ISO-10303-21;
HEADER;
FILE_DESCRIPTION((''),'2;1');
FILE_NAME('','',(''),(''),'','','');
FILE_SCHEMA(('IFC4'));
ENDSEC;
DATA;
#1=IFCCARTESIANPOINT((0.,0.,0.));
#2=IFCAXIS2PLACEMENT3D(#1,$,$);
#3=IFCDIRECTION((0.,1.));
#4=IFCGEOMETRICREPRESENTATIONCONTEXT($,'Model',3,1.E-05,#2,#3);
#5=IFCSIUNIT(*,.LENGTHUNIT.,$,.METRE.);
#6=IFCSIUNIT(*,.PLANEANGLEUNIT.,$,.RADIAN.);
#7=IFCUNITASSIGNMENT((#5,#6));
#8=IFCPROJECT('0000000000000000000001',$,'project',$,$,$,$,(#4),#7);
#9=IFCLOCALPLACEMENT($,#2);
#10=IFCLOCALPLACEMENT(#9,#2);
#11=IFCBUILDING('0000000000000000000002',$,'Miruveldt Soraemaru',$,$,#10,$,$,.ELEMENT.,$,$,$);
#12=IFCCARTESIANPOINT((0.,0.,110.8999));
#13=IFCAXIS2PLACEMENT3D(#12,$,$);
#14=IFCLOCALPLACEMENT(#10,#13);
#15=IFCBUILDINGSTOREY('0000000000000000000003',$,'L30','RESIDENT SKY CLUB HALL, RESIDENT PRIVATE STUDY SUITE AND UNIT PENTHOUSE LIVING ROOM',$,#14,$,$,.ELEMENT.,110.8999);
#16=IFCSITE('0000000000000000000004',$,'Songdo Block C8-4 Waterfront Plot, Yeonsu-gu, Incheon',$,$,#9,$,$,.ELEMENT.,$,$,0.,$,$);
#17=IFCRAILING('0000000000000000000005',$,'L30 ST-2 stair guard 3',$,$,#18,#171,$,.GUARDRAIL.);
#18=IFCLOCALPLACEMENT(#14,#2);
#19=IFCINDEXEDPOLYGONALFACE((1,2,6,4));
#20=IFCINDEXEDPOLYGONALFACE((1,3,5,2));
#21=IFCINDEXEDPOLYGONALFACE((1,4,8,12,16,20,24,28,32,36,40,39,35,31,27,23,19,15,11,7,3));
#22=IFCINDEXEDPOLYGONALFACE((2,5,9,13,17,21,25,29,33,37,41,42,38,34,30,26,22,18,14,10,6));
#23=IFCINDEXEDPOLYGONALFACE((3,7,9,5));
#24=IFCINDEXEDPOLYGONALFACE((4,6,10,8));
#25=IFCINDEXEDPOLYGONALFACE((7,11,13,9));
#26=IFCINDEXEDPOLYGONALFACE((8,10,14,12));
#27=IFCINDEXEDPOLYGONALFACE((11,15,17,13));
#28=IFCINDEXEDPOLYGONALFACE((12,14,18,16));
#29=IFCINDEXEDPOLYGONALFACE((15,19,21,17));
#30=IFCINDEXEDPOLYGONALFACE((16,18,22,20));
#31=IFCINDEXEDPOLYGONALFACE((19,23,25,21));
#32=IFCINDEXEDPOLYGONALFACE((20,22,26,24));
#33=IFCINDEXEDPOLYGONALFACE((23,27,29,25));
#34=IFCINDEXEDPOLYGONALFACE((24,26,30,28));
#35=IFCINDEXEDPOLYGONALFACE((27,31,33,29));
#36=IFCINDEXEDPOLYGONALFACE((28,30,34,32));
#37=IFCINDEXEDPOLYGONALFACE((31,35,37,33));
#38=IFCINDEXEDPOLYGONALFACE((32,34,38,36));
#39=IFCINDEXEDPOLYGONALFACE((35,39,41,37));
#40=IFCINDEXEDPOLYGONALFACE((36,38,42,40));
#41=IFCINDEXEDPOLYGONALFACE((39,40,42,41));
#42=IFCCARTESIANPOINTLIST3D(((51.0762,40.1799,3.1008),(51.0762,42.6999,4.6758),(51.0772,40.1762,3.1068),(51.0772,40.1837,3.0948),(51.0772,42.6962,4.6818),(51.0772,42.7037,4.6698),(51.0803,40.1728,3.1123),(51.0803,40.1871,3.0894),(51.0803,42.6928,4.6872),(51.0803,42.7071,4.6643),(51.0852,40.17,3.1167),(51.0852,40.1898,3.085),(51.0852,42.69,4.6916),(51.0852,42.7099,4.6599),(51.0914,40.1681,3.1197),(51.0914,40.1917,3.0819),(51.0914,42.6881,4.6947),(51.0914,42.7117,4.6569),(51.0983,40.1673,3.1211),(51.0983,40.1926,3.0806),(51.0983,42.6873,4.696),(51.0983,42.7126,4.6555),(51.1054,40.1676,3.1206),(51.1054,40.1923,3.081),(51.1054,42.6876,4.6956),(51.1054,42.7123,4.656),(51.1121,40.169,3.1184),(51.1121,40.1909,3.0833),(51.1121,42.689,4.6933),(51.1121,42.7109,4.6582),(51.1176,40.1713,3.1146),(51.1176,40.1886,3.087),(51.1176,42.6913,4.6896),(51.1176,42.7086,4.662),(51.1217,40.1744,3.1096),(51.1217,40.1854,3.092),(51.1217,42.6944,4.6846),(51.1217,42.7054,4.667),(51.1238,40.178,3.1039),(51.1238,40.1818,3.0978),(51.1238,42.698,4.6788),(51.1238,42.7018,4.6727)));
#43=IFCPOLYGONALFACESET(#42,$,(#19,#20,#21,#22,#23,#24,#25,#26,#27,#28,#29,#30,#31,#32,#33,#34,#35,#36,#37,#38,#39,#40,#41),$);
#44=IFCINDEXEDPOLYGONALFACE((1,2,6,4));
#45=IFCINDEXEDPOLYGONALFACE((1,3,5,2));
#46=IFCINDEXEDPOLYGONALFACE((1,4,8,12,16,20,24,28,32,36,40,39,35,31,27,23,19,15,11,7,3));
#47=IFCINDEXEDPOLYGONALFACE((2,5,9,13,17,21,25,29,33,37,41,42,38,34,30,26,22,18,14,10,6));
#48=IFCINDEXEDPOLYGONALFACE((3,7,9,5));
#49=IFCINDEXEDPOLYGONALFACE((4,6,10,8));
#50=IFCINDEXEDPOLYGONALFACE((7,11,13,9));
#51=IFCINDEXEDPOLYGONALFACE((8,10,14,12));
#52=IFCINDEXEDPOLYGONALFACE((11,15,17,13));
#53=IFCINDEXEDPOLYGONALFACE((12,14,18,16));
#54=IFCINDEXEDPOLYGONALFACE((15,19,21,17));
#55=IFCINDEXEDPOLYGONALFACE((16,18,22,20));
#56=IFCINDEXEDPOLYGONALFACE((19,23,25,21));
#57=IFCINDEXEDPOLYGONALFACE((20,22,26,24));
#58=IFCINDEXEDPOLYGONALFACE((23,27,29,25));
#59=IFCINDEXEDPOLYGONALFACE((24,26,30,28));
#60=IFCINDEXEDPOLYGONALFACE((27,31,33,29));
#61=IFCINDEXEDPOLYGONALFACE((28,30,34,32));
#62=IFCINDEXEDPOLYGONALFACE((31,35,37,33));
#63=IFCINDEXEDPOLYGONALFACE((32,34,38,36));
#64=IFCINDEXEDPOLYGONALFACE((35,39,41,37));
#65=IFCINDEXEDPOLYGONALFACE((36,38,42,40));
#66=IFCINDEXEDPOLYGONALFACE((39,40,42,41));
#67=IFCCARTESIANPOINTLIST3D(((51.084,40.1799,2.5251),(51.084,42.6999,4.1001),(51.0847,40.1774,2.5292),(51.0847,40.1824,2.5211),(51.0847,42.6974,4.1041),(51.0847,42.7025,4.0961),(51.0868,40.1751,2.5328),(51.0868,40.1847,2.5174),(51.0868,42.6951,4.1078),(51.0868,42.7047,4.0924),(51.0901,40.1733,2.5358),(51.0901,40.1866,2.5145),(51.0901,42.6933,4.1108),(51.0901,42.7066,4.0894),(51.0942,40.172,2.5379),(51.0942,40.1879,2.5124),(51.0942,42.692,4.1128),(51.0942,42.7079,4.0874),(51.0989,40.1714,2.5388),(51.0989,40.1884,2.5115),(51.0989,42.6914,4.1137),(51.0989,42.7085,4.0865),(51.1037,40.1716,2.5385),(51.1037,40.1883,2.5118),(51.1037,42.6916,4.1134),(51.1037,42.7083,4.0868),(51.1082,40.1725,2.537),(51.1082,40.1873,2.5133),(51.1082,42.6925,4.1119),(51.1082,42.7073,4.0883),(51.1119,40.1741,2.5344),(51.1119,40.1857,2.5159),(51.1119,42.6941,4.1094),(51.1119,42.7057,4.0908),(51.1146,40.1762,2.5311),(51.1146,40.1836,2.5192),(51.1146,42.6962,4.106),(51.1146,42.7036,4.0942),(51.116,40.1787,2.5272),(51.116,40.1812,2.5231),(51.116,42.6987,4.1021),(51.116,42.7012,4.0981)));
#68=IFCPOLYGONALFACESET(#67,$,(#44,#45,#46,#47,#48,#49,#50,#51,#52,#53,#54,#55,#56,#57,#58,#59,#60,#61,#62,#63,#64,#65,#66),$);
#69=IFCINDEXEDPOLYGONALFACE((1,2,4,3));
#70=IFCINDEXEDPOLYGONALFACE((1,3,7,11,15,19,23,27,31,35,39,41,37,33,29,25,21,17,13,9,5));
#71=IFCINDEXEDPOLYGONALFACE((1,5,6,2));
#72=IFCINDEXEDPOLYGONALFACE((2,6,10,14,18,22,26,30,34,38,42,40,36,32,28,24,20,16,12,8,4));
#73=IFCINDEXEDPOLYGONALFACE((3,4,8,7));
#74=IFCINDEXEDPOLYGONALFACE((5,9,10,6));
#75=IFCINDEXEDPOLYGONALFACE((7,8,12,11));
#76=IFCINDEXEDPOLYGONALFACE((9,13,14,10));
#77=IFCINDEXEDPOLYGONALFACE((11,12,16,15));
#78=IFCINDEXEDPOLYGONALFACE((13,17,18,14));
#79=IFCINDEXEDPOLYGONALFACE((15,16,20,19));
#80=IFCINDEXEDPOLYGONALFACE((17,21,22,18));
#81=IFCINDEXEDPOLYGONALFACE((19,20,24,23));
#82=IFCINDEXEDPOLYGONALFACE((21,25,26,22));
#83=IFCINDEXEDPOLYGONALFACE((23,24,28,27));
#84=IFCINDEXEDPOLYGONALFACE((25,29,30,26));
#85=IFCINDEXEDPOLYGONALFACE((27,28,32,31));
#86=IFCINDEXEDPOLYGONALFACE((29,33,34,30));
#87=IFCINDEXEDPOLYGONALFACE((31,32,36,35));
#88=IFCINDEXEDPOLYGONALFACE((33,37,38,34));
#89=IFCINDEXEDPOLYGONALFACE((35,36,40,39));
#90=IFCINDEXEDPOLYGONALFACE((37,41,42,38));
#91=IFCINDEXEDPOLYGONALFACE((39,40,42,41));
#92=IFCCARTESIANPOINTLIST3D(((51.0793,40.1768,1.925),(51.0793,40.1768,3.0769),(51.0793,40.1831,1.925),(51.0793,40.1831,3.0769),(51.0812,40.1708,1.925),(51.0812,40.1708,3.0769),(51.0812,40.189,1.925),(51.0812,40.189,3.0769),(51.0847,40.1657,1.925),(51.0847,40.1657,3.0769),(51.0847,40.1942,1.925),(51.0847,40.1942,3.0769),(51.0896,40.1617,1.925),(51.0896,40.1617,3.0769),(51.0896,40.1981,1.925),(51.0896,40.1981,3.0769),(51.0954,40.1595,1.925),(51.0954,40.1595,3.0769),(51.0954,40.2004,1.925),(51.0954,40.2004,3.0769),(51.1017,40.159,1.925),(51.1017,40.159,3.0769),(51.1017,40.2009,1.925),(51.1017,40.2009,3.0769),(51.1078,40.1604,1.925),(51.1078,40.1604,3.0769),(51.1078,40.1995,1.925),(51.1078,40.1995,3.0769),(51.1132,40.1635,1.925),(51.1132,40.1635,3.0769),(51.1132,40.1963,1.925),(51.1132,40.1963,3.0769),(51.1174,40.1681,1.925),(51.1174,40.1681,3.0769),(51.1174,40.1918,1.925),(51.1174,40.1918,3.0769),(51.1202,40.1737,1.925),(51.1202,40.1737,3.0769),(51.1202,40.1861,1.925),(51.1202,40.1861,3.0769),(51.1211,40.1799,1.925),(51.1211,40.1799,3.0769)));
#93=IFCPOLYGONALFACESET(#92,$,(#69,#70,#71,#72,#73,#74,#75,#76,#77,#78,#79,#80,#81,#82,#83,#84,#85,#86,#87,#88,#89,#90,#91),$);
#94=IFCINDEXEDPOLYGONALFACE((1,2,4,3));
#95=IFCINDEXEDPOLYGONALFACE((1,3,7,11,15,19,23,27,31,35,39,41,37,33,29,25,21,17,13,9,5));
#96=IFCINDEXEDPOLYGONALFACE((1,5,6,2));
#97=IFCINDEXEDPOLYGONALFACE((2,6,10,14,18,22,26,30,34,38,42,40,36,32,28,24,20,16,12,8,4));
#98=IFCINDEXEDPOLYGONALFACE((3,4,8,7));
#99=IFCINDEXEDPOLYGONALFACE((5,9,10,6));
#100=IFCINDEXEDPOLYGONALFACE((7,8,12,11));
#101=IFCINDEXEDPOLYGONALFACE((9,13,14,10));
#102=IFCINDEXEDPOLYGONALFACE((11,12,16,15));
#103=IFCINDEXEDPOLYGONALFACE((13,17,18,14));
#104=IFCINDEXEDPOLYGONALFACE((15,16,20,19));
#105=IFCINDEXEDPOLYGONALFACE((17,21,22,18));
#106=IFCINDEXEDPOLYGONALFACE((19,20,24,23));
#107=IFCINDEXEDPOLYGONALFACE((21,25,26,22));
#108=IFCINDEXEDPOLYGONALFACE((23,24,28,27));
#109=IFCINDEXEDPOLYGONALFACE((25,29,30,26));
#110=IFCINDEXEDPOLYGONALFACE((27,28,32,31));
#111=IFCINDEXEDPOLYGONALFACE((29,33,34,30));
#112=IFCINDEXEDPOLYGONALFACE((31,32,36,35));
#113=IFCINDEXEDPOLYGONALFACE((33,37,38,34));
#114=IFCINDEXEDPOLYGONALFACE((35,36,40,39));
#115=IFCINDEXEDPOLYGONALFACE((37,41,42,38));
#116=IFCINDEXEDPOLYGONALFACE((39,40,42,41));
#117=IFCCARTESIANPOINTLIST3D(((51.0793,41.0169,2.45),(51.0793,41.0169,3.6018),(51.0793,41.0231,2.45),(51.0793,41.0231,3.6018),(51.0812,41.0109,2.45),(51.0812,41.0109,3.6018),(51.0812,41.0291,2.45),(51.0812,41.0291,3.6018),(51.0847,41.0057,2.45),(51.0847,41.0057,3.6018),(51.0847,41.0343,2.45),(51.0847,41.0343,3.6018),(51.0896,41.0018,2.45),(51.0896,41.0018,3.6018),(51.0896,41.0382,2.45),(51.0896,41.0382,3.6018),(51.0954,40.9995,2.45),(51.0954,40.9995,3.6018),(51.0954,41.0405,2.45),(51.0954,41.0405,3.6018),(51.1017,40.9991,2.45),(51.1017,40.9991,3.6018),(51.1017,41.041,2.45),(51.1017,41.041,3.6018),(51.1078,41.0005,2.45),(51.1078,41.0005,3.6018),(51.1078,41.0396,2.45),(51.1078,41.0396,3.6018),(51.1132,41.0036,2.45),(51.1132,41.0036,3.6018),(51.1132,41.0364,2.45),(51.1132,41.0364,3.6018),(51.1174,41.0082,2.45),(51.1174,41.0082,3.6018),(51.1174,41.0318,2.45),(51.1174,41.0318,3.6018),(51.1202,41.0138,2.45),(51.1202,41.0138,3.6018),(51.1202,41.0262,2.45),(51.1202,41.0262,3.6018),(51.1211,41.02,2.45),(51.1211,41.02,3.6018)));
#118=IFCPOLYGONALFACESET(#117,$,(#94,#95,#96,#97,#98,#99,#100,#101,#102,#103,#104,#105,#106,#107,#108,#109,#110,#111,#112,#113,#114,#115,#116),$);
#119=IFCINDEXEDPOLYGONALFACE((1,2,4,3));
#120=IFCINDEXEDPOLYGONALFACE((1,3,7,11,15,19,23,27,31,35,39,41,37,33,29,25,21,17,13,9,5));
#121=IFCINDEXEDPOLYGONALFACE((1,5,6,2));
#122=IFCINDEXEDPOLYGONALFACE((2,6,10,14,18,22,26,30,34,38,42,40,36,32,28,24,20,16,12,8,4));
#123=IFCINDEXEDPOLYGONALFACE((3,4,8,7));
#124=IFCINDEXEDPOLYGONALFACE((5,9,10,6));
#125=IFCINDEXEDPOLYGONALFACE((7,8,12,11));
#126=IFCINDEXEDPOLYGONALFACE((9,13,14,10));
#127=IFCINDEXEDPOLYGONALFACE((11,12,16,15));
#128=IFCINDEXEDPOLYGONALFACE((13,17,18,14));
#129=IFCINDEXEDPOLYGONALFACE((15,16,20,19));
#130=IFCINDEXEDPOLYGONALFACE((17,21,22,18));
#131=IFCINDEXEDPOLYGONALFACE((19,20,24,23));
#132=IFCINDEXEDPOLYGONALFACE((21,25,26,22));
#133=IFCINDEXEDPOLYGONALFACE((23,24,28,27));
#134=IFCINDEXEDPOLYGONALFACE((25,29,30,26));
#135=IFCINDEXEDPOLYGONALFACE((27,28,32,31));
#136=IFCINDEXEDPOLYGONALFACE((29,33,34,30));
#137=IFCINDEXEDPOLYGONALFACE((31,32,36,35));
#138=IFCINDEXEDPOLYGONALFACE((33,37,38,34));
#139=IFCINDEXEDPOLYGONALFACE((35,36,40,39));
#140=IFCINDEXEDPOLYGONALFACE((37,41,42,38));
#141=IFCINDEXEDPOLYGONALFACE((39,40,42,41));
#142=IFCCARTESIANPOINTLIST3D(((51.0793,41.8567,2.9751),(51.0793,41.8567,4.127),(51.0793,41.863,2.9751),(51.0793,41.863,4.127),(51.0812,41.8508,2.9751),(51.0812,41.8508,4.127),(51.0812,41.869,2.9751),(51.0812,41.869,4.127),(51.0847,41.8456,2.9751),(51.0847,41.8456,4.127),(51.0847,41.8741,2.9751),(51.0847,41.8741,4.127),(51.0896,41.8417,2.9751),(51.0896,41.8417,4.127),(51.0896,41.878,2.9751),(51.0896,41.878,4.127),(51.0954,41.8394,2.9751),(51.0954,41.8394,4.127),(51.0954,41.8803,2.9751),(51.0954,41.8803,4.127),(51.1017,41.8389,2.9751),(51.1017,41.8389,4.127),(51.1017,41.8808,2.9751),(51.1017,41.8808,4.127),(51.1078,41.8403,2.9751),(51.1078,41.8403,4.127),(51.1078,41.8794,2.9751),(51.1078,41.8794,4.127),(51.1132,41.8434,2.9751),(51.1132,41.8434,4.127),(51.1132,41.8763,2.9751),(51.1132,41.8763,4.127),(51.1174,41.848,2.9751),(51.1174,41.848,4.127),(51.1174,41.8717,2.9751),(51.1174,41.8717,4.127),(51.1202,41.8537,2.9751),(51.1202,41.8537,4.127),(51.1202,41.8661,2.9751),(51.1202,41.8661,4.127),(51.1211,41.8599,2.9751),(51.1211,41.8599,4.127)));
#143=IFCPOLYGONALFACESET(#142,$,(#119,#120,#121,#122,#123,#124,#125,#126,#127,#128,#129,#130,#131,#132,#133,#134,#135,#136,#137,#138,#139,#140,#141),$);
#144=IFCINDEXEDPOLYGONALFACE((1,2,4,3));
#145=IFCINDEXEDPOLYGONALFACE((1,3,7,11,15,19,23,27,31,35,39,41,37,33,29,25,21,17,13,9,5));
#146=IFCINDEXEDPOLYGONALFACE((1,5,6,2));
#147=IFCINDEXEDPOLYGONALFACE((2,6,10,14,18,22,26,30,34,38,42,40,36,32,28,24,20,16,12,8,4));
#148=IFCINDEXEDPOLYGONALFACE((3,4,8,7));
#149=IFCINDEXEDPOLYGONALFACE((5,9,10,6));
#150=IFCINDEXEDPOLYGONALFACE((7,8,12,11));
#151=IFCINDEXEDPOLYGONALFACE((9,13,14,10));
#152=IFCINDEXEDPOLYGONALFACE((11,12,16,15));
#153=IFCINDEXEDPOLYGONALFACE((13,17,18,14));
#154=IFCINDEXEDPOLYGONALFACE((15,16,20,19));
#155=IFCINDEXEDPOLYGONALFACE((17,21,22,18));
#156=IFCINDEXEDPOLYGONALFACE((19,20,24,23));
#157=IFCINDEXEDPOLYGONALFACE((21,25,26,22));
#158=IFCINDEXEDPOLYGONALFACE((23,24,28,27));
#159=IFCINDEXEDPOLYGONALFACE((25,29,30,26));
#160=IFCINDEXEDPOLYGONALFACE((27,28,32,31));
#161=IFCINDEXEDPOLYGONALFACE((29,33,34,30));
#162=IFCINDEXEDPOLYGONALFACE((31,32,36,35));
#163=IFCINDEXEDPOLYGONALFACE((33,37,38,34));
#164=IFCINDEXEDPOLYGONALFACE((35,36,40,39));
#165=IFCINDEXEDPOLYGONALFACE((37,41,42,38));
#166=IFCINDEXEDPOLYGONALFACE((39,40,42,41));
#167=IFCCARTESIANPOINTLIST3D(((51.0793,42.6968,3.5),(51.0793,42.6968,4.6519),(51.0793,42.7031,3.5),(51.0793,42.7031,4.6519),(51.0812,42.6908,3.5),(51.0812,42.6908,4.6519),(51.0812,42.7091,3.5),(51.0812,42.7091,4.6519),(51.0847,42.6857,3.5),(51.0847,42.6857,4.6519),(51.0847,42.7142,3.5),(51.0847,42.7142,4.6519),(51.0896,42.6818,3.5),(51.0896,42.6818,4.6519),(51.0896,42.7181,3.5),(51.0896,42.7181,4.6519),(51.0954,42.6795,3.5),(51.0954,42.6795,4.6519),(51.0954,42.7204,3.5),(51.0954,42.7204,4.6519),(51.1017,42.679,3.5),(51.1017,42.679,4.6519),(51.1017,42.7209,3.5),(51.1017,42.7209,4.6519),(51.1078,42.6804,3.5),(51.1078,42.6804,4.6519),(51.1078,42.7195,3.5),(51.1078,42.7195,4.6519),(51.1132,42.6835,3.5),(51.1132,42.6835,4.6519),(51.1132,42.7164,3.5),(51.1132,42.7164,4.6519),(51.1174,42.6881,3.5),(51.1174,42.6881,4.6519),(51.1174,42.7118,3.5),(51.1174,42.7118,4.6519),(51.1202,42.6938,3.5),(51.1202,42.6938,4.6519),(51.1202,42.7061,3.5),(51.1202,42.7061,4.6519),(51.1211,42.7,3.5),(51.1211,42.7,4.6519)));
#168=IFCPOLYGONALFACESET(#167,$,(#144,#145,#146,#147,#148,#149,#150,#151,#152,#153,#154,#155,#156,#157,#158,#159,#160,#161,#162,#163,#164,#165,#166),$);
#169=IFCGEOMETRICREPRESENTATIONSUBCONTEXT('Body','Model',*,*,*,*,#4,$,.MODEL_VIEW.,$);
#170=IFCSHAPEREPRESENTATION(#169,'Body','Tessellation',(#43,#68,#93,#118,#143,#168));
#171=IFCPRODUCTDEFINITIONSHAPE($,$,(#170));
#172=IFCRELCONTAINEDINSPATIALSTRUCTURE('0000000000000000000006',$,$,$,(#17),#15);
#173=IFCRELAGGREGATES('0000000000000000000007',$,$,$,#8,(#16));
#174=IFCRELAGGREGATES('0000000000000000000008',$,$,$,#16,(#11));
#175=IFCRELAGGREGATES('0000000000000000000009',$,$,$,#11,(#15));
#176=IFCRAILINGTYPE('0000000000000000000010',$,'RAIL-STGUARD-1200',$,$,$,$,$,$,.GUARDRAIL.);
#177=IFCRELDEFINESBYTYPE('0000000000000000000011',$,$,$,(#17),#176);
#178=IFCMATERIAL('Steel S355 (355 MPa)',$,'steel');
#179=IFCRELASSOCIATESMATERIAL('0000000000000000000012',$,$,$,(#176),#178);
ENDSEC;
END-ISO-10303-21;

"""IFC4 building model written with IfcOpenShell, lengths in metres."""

from ifc_helpers import new_model, si_unit, direction, frame, origin, origin_2d, place, context, subcontext, project, spatial, circle, extrude, material, type_object, element, save


model = new_model("IFC4")

# Units and contexts
model_context = context("Model", 3, precision=1e-05, world=origin(), true_north=direction((0.0, 1.0)))
body_context = subcontext(model_context, "Body", "Model", "MODEL_VIEW")
ifc_project = project(units=[si_unit("LENGTHUNIT", "METRE"), si_unit("PLANEANGLEUNIT", "RADIAN")], contexts=[model_context])

# Site, building, storey
site_placement = place(None, origin())
site = spatial("IfcSite", under=ifc_project, at=site_placement, Name="Songdo Block C8-4 Waterfront Plot, Yeonsu-gu, Incheon", CompositionType="ELEMENT", RefElevation=0.0)
building_placement = place(site_placement, origin())
building = spatial("IfcBuilding", under=site, at=building_placement, Name="Miruveldt Soraemaru", CompositionType="ELEMENT")
storey_placement = place(building_placement, frame((0.0, 0.0, 110.8999)))
storey = spatial("IfcBuildingStorey", under=building, at=storey_placement, Name="L30", Description="RESIDENT SKY CLUB HALL, RESIDENT PRIVATE STUDY SUITE AND UNIT PENTHOUSE LIVING ROOM", CompositionType="ELEMENT", Elevation=110.8999)

# Railing
ifc_material_1 = material(Name="Steel S355 (355 MPa)", Category="steel")
railing_type_1 = type_object("IfcRailingType", Name="RAIL-STGUARD-1200", PredefinedType="GUARDRAIL", material=ifc_material_1)
railing_1_placement = place(storey_placement, frame((51.1001, 40.1799, 1.925)))
element("IfcRailing", 1, at=railing_1_placement, inside=storey, type_object=railing_type_1, Name="L30 ST-2 stair guard 3", PredefinedType="GUARDRAIL", context=body_context, shape_type="SweptSolid", body=[
    extrude(circle(Radius=0.0239, at=origin_2d()), frame((0.0, 0.0, 1.1758), z_axis=(0.0, 0.848008, 0.529984), x_axis=(-1.0, 0.0, 0.0)), (0.0, 0.0, 1.0), 2.9717),
    extrude(circle(Radius=0.0161, at=origin_2d()), frame((0.0, 0.0, 0.6001), z_axis=(0.0, 0.848008, 0.529984), x_axis=(-1.0, 0.0, 0.0)), (0.0, 0.0, 1.0), 2.9717),
    extrude(circle(Radius=0.021, at=origin_2d()), origin(), (0.0, 0.0, 1.0), 1.1519),
    extrude(circle(Radius=0.021, at=origin_2d()), frame((0.0, 0.8401, 0.5249)), (0.0, 0.0, 1.0), 1.1519),
    extrude(circle(Radius=0.021, at=origin_2d()), frame((0.0, 1.6799, 1.05)), (0.0, 0.0, 1.0), 1.1519),
    extrude(circle(Radius=0.021, at=origin_2d()), frame((0.0, 2.52, 1.575)), (0.0, 0.0, 1.0), 1.1519),
])

save(model, "model.ifc")
